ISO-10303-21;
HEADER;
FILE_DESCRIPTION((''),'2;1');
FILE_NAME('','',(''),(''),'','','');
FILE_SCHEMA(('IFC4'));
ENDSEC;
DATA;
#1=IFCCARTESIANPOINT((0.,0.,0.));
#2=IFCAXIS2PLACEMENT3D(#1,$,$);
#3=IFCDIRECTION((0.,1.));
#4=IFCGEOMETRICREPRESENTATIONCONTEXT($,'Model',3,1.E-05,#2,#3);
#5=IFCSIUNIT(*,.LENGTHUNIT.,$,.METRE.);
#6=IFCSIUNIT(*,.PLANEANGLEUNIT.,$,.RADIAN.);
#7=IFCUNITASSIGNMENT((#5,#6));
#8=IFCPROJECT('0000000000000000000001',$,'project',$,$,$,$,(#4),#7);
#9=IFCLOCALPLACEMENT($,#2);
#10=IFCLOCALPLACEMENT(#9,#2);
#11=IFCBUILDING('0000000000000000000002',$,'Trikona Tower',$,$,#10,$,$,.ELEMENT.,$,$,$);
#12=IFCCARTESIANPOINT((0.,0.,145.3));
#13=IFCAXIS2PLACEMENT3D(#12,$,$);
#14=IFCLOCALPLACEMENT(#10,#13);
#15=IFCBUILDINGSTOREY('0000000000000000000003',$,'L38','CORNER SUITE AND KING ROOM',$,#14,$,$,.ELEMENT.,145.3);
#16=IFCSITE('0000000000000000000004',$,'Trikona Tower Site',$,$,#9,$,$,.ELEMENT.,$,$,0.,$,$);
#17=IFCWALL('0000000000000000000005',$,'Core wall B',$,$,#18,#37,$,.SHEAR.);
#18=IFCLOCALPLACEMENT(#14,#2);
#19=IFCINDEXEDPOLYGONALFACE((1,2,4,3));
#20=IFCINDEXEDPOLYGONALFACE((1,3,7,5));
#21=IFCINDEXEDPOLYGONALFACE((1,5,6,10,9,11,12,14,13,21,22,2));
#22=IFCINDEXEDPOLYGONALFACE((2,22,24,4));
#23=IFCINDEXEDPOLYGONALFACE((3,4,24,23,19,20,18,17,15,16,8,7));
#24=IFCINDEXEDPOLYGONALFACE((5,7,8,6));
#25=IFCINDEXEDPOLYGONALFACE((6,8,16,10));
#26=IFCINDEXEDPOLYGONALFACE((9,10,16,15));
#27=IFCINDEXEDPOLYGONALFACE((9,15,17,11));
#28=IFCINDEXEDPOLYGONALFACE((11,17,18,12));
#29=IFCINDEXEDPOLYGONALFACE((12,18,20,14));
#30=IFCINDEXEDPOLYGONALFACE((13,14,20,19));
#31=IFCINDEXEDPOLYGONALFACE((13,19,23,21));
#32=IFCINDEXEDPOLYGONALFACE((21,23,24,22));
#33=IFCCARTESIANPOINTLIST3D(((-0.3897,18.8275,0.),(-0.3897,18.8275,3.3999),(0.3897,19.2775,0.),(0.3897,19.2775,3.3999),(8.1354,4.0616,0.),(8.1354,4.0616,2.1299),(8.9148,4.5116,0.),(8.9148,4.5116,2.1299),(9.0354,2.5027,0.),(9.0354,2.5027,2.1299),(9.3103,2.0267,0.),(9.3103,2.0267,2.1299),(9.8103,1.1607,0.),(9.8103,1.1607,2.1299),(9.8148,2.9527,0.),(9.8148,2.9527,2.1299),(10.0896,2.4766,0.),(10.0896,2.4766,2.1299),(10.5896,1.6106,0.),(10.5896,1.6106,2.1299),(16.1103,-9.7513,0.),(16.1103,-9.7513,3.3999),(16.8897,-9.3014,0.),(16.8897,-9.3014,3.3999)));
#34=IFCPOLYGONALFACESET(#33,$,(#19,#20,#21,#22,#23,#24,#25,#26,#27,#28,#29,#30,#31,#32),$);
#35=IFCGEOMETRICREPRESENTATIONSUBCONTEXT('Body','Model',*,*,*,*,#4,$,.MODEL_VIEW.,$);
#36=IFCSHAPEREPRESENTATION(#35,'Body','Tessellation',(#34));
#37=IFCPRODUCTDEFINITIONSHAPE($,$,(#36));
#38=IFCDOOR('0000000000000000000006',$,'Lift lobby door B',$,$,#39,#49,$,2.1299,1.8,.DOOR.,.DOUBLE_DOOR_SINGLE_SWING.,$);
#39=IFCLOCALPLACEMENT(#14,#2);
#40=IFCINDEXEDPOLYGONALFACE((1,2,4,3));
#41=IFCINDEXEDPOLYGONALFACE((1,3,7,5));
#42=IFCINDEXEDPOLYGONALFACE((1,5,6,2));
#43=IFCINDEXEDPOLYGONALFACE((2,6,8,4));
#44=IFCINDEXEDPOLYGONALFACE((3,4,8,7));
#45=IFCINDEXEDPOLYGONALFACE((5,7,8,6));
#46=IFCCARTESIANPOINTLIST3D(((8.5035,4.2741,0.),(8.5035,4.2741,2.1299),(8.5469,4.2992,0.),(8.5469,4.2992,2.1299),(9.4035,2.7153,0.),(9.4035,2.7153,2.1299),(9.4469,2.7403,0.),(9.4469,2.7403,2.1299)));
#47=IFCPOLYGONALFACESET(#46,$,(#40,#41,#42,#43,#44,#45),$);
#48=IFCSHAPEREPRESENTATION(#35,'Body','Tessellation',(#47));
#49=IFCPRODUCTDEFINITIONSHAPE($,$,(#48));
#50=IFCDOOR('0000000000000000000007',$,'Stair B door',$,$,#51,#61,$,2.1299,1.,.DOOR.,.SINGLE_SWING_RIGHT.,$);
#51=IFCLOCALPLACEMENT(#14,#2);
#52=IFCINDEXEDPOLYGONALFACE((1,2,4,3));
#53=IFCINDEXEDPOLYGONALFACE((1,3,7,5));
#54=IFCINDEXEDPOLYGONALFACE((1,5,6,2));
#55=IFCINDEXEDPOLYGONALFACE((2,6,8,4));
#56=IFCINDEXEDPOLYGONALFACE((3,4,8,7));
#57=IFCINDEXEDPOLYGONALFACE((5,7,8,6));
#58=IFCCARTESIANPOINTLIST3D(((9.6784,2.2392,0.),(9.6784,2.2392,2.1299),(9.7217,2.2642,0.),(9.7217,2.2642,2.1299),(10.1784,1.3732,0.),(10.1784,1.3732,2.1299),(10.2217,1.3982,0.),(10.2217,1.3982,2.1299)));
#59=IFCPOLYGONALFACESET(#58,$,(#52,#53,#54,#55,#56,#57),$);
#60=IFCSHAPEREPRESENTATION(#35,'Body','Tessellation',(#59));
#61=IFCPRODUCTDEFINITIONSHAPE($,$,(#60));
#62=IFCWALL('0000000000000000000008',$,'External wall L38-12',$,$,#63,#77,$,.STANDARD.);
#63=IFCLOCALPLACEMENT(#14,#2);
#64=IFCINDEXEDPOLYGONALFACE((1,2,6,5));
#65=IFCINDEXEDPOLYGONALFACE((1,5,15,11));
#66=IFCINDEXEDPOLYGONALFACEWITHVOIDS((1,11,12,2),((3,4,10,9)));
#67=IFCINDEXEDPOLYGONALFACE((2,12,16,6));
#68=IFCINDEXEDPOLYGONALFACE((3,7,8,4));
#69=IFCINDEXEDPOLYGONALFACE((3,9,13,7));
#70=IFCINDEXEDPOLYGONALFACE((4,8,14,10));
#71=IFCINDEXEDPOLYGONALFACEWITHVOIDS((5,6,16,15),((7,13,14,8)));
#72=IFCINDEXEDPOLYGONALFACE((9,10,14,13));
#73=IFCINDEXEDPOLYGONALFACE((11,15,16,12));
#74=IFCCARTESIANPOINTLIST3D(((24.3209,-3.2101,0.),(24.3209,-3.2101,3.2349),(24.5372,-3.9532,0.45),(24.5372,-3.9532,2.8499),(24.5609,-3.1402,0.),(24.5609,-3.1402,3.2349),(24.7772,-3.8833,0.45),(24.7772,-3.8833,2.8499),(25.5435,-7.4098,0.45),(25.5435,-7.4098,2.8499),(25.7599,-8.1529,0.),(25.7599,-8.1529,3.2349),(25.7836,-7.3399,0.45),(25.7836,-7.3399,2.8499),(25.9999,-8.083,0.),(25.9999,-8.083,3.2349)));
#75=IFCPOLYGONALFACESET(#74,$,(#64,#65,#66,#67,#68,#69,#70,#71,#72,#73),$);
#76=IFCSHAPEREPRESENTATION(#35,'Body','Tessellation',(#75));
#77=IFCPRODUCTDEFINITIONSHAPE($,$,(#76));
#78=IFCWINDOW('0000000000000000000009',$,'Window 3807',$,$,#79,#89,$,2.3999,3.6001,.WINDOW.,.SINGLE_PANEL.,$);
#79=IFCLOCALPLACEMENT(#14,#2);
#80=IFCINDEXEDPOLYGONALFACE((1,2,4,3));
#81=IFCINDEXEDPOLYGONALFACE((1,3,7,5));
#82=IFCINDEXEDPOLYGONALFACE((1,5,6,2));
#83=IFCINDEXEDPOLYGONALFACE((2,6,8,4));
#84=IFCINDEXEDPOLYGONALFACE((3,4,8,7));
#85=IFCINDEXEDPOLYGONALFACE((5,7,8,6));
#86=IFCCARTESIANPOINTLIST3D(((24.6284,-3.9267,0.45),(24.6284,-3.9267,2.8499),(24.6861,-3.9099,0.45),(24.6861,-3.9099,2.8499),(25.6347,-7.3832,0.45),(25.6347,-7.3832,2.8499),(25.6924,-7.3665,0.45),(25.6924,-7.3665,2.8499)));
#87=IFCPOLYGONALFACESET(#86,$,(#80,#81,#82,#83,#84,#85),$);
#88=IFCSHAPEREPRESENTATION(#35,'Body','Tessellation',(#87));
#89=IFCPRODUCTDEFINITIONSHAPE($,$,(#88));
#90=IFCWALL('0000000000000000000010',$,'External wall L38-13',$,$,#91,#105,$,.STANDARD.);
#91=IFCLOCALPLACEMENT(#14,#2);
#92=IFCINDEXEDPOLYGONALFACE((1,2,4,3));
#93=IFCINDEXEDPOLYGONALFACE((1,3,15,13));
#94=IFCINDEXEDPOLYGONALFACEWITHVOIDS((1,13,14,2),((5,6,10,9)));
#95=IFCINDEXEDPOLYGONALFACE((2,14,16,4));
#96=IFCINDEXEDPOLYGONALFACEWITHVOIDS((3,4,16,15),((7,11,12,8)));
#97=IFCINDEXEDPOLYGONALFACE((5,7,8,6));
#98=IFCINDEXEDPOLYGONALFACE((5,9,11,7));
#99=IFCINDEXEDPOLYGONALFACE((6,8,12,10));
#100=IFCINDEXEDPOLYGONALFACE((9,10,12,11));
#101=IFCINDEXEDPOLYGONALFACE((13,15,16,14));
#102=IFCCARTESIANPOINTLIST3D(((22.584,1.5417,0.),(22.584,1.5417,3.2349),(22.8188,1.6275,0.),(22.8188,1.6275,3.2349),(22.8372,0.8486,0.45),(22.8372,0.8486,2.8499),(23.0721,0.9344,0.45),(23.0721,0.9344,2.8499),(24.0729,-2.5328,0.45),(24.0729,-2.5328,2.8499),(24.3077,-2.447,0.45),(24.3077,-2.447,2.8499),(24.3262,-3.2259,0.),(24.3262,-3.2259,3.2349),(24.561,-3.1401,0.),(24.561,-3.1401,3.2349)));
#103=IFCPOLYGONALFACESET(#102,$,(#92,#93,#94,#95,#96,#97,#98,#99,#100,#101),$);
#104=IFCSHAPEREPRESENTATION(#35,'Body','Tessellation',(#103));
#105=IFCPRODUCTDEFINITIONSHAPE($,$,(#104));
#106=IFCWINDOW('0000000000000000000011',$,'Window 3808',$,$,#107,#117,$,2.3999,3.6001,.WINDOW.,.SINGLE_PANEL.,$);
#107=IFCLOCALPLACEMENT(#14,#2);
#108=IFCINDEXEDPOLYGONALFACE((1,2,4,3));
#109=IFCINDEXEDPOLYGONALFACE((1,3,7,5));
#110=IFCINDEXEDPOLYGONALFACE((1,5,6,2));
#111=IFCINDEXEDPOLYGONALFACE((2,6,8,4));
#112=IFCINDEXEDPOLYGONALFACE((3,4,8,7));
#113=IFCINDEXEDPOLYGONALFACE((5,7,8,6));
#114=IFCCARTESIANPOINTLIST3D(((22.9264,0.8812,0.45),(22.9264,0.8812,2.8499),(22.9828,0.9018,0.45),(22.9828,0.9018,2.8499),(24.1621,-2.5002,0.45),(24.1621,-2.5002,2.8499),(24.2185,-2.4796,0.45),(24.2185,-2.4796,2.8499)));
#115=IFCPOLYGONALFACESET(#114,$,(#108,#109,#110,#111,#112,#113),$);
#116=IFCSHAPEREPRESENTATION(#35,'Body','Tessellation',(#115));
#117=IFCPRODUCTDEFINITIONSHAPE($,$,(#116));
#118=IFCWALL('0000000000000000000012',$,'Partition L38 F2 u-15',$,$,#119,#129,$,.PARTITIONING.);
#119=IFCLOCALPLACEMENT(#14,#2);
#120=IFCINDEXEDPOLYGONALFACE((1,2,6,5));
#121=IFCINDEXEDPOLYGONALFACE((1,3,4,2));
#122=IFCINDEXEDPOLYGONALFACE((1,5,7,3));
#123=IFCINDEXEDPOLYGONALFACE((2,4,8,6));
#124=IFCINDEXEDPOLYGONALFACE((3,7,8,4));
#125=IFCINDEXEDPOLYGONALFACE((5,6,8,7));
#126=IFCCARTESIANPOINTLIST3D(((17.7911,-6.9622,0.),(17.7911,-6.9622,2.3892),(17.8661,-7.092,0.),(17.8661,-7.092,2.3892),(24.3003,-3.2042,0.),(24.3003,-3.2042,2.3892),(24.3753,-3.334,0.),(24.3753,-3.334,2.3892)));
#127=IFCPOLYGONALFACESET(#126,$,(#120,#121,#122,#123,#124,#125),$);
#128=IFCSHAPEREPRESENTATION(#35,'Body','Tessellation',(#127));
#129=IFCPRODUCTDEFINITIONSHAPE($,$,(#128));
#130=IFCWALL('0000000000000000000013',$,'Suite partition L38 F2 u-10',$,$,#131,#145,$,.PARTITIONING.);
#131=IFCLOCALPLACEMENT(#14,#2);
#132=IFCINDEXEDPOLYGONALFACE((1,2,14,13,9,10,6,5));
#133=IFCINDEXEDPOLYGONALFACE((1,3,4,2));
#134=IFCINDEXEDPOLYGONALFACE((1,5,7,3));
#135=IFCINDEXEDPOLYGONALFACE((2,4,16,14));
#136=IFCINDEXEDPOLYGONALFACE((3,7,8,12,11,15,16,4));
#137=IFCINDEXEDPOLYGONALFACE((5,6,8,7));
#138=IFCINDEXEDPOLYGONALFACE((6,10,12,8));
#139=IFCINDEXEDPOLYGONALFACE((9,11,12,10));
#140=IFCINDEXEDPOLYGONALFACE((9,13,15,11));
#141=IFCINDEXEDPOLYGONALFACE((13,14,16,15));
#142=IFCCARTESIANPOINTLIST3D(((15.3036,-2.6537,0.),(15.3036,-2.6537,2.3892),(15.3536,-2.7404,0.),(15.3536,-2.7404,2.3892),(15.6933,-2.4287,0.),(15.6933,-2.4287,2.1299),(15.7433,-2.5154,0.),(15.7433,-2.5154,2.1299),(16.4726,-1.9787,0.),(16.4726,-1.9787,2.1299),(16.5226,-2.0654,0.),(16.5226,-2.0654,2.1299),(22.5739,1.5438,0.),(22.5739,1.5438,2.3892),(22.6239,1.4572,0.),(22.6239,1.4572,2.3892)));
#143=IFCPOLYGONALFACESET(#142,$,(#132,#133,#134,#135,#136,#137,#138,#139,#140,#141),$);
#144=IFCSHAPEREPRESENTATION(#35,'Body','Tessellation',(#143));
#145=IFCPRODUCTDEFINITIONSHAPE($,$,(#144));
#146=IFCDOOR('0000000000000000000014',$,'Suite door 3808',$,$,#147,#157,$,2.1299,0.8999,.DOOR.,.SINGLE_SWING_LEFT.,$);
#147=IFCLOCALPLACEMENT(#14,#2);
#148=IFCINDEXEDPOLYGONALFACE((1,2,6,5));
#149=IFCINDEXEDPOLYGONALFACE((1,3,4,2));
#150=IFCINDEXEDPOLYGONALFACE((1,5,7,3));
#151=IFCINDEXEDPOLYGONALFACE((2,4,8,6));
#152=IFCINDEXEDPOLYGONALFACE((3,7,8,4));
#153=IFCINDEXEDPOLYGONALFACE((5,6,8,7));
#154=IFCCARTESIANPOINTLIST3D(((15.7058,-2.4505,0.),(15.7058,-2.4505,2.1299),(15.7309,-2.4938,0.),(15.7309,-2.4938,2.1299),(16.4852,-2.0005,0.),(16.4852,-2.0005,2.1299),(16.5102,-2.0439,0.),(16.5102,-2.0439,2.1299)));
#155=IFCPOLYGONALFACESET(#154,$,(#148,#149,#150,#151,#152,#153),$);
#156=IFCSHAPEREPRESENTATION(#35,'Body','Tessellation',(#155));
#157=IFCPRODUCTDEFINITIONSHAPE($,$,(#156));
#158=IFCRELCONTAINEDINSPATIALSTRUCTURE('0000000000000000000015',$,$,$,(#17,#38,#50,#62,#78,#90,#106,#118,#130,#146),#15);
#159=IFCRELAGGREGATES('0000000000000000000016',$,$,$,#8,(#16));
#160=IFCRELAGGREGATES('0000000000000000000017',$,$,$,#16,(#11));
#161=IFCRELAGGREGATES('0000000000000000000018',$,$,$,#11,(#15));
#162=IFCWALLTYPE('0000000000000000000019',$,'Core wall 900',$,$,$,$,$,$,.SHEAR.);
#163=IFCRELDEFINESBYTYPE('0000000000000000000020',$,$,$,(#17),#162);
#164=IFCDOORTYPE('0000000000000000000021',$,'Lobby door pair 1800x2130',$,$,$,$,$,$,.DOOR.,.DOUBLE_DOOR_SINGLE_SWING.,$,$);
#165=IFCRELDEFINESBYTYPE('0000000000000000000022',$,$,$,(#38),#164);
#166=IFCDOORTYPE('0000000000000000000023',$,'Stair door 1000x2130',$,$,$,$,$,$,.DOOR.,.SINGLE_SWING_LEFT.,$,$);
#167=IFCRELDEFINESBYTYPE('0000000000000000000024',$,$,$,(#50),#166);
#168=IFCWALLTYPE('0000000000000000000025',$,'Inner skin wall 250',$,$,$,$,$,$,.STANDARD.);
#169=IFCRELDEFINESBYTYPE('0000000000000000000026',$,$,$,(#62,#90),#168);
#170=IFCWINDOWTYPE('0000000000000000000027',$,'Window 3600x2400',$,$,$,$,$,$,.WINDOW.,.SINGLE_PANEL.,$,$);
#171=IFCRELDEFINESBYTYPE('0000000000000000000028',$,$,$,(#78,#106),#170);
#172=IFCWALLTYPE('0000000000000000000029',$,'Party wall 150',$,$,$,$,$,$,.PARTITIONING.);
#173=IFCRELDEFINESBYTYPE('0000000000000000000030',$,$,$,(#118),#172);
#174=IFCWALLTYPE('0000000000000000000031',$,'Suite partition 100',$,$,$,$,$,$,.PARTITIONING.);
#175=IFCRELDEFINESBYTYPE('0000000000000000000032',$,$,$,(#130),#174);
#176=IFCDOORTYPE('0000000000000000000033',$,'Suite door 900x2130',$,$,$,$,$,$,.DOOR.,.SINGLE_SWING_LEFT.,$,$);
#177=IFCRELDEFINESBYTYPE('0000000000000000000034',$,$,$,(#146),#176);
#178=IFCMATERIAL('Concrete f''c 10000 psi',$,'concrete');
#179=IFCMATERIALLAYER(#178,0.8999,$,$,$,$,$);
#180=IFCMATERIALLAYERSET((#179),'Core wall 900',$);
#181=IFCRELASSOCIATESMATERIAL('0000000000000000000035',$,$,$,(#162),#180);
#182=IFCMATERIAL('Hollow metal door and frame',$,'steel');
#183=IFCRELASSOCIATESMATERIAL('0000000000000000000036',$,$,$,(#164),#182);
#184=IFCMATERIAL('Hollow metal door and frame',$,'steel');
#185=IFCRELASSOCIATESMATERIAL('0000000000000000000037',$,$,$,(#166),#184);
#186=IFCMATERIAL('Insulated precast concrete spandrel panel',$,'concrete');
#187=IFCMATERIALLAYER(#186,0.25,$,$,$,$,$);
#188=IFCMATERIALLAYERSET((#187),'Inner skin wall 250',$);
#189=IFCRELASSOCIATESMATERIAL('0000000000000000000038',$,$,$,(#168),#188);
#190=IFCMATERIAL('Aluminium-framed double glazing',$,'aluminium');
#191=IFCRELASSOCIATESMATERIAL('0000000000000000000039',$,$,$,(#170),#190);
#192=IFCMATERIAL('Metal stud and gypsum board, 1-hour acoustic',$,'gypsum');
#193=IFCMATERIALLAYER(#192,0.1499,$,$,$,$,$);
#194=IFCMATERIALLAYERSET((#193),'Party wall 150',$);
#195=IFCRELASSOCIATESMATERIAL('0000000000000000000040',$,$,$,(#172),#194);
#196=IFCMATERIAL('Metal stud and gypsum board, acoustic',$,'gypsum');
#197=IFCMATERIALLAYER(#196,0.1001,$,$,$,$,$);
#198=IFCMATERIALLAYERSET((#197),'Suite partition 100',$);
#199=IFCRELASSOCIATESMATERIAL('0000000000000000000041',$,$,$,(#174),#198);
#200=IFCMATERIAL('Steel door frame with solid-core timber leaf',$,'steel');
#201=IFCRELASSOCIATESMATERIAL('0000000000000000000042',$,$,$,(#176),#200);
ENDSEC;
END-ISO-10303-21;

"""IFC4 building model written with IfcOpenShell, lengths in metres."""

from ifc_helpers import new_model, si_unit, direction, frame, frame_2d, origin, place, context, subcontext, project, spatial, rectangle, extrude, material, layer, layer_set, type_object, element, fill, save


model = new_model("IFC4")

# Units and contexts
model_context = context("Model", 3, precision=1e-05, world=origin(), true_north=direction((0.0, 1.0)))
body_context = subcontext(model_context, "Body", "Model", "MODEL_VIEW")
ifc_project = project(units=[si_unit("LENGTHUNIT", "METRE"), si_unit("PLANEANGLEUNIT", "RADIAN")], contexts=[model_context])

# Site, building, storey
site_placement = place(None, origin())
site = spatial("IfcSite", under=ifc_project, at=site_placement, Name="Trikona Tower Site", CompositionType="ELEMENT", RefElevation=0.0)
building_placement = place(site_placement, origin())
building = spatial("IfcBuilding", under=site, at=building_placement, Name="Trikona Tower", CompositionType="ELEMENT")
storey_placement = place(building_placement, frame((0.0, 0.0, 145.3)))
storey = spatial("IfcBuildingStorey", under=building, at=storey_placement, Name="L38", Description="CORNER SUITE AND KING ROOM", CompositionType="ELEMENT", Elevation=145.3)

# Wall, openings, doors
ifc_material_1 = material(Name="Concrete f'c 10000 psi", Category="concrete")
ifc_layer_1 = layer(ifc_material_1, 0.8999)
ifc_layer_set_1 = layer_set([ifc_layer_1], Name="Core wall 900")
wall_type_1 = type_object("IfcWallType", Name="Core wall 900", PredefinedType="SHEAR", material=ifc_layer_set_1)
wall_1_placement = place(storey_placement, frame((16.5, -9.5264, 0.0), z_axis=(0.0, 0.0, 1.0), x_axis=(-0.5, 0.866026, 0.0)))
wall_1 = element("IfcWall", 1, at=wall_1_placement, inside=storey, type_object=wall_type_1, Name="Core wall B", PredefinedType="SHEAR", context=body_context, shape_type="SweptSolid", body=[
    extrude(rectangle(XDim=33.0, YDim=0.8999, at=frame_2d((16.5, 0.0))), origin(), (0.0, 0.0, 1.0), 3.3999),
])
opening_1_placement = place(wall_1_placement, frame((14.1499, 0.0, 0.0)))
opening_1 = element("IfcOpeningElement", 2, at=opening_1_placement, cuts=wall_1, PredefinedType="OPENING", context=body_context, shape_type="SweptSolid", body=[
    extrude(rectangle(XDim=1.8, YDim=2.1299, at=frame_2d((0.8999, 1.0649))), frame((0.0, 0.46, 0.0), z_axis=(0.0, -1.0, 0.0), x_axis=(1.0, 0.0, 0.0)), (0.0, 0.0, 1.0), 0.9199),
])
opening_2_placement = place(wall_1_placement, frame((12.6001, 0.0, 0.0)))
opening_2 = element("IfcOpeningElement", 3, at=opening_2_placement, cuts=wall_1, PredefinedType="OPENING", context=body_context, shape_type="SweptSolid", body=[
    extrude(rectangle(XDim=1.0, YDim=2.1299, at=frame_2d((0.5, 1.0649))), frame((0.0, 0.46, 0.0), z_axis=(0.0, -1.0, 0.0), x_axis=(1.0, 0.0, 0.0)), (0.0, 0.0, 1.0), 0.9199),
])
ifc_material_2 = material(Name="Hollow metal door and frame", Category="steel")
door_type_1 = type_object("IfcDoorType", Name="Lobby door pair 1800x2130", OperationType="DOUBLE_DOOR_SINGLE_SWING", PredefinedType="DOOR", material=ifc_material_2)
door_1_placement = place(opening_1_placement, origin())
door_1 = element("IfcDoor", 4, at=door_1_placement, inside=storey, type_object=door_type_1, Name="Lift lobby door B", OperationType="DOUBLE_DOOR_SINGLE_SWING", OverallHeight=2.1299, OverallWidth=1.8, PredefinedType="DOOR", context=body_context, shape_type="SweptSolid", body=[
    extrude(rectangle(XDim=1.8, YDim=2.1299, at=frame_2d((0.8999, 1.0649))), frame((0.0, 0.0249, 0.0), z_axis=(0.0, -1.0, 0.0), x_axis=(1.0, 0.0, 0.0)), (0.0, 0.0, 1.0), 0.05),
])
fill(opening_1, door_1)
ifc_material_3 = material(Name="Hollow metal door and frame", Category="steel")
door_type_2 = type_object("IfcDoorType", Name="Stair door 1000x2130", OperationType="SINGLE_SWING_LEFT", PredefinedType="DOOR", material=ifc_material_3)
door_2_placement = place(opening_2_placement, origin())
door_2 = element("IfcDoor", 5, at=door_2_placement, inside=storey, type_object=door_type_2, Name="Stair B door", OperationType="SINGLE_SWING_RIGHT", OverallHeight=2.1299, OverallWidth=1.0, PredefinedType="DOOR", context=body_context, shape_type="SweptSolid", body=[
    extrude(rectangle(XDim=1.0, YDim=2.1299, at=frame_2d((0.5, 1.0649))), frame((0.0, 0.0249, 0.0), z_axis=(0.0, -1.0, 0.0), x_axis=(1.0, 0.0, 0.0)), (0.0, 0.0, 1.0), 0.05),
])
fill(opening_2, door_2)

# Walls, openings, windows
ifc_material_4 = material(Name="Insulated precast concrete spandrel panel", Category="concrete")
ifc_layer_2 = layer(ifc_material_4, 0.25)
ifc_layer_set_2 = layer_set([ifc_layer_2], Name="Inner skin wall 250")
wall_type_2 = type_object("IfcWallType", Name="Inner skin wall 250", PredefinedType="STANDARD", material=ifc_layer_set_2)
wall_2_placement = place(storey_placement, frame((25.8799, -8.1179, 0.0), z_axis=(0.0, 0.0, 1.0), x_axis=(-0.279528, 0.960137, 0.0)))
wall_2 = element("IfcWall", 6, at=wall_2_placement, inside=storey, type_object=wall_type_2, Name="External wall L38-12", PredefinedType="STANDARD", context=body_context, shape_type="SweptSolid", body=[
    extrude(rectangle(XDim=5.1479, YDim=0.25, at=frame_2d((2.574, 0.0))), origin(), (0.0, 0.0, 1.0), 3.2349),
])
opening_3_placement = place(wall_2_placement, frame((0.7739, 0.0, 0.45)))
opening_3 = element("IfcOpeningElement", 7, at=opening_3_placement, cuts=wall_2, PredefinedType="OPENING", context=body_context, shape_type="SweptSolid", body=[
    extrude(rectangle(XDim=3.6001, YDim=2.3999, at=frame_2d((1.8, 1.2))), frame((0.0, 0.135, 0.0), z_axis=(0.0, -1.0, 0.0), x_axis=(1.0, 0.0, 0.0)), (0.0, 0.0, 1.0), 0.27),
])
ifc_material_5 = material(Name="Aluminium-framed double glazing", Category="aluminium")
window_type = type_object("IfcWindowType", Name="Window 3600x2400", PartitioningType="SINGLE_PANEL", PredefinedType="WINDOW", material=ifc_material_5)
window_1_placement = place(opening_3_placement, origin())
window_1 = element("IfcWindow", 8, at=window_1_placement, inside=storey, type_object=window_type, Name="Window 3807", OverallHeight=2.3999, OverallWidth=3.6001, PartitioningType="SINGLE_PANEL", PredefinedType="WINDOW", context=body_context, shape_type="SweptSolid", body=[
    extrude(rectangle(XDim=3.6001, YDim=2.3999, at=frame_2d((1.8, 1.2))), frame((0.0, 0.03, 0.0), z_axis=(0.0, -1.0, 0.0), x_axis=(1.0, 0.0, 0.0)), (0.0, 0.0, 1.0), 0.0601),
])
fill(opening_3, window_1)
wall_3_placement = place(storey_placement, frame((24.4436, -3.1831, 0.0), z_axis=(0.0, 0.0, 1.0), x_axis=(-0.343226, 0.939253, 0.0)))
wall_3 = element("IfcWall", 9, at=wall_3_placement, inside=storey, type_object=wall_type_2, Name="External wall L38-13", PredefinedType="STANDARD", context=body_context, shape_type="SweptSolid", body=[
    extrude(rectangle(XDim=5.0759, YDim=0.25, at=frame_2d((2.5381, 0.0))), origin(), (0.0, 0.0, 1.0), 3.2349),
])
opening_4_placement = place(wall_3_placement, frame((0.738, 0.0, 0.45)))
opening_4 = element("IfcOpeningElement", 10, at=opening_4_placement, cuts=wall_3, PredefinedType="OPENING", context=body_context, shape_type="SweptSolid", body=[
    extrude(rectangle(XDim=3.6001, YDim=2.3999, at=frame_2d((1.8, 1.2))), frame((0.0, 0.135, 0.0), z_axis=(0.0, -1.0, 0.0), x_axis=(1.0, 0.0, 0.0)), (0.0, 0.0, 1.0), 0.27),
])
window_2_placement = place(opening_4_placement, origin())
window_2 = element("IfcWindow", 11, at=window_2_placement, inside=storey, type_object=window_type, Name="Window 3808", OverallHeight=2.3999, OverallWidth=3.6001, PartitioningType="SINGLE_PANEL", PredefinedType="WINDOW", context=body_context, shape_type="SweptSolid", body=[
    extrude(rectangle(XDim=3.6001, YDim=2.3999, at=frame_2d((1.8, 1.2))), frame((0.0, 0.03, 0.0), z_axis=(0.0, -1.0, 0.0), x_axis=(1.0, 0.0, 0.0)), (0.0, 0.0, 1.0), 0.0601),
])
fill(opening_4, window_2)

# Wall
ifc_material_6 = material(Name="Metal stud and gypsum board, 1-hour acoustic", Category="gypsum")
ifc_layer_3 = layer(ifc_material_6, 0.1499)
ifc_layer_set_3 = layer_set([ifc_layer_3], Name="Party wall 150")
wall_type_3 = type_object("IfcWallType", Name="Party wall 150", PredefinedType="PARTITIONING", material=ifc_layer_set_3)
wall_4_placement = place(storey_placement, frame((17.8286, -7.0271, 0.0), z_axis=(0.0, 0.0, 1.0), x_axis=(0.86603, 0.499992, 0.0)))
element("IfcWall", 12, at=wall_4_placement, inside=storey, type_object=wall_type_3, Name="Partition L38 F2 u-15", PredefinedType="PARTITIONING", context=body_context, shape_type="SweptSolid", body=[
    extrude(rectangle(XDim=7.5161, YDim=0.1499, at=frame_2d((3.7581, 0.0))), origin(), (0.0, 0.0, 1.0), 2.3892),
])

# Wall, opening, door
ifc_material_7 = material(Name="Metal stud and gypsum board, acoustic", Category="gypsum")
ifc_layer_4 = layer(ifc_material_7, 0.1001)
ifc_layer_set_4 = layer_set([ifc_layer_4], Name="Suite partition 100")
wall_type_4 = type_object("IfcWallType", Name="Suite partition 100", PredefinedType="PARTITIONING", material=ifc_layer_set_4)
wall_5_placement = place(storey_placement, frame((15.3286, -2.697, 0.0), z_axis=(0.0, 0.0, 1.0), x_axis=(0.866024, 0.500002, 0.0)))
wall_5 = element("IfcWall", 13, at=wall_5_placement, inside=storey, type_object=wall_type_4, Name="Suite partition L38 F2 u-10", PredefinedType="PARTITIONING", context=body_context, shape_type="SweptSolid", body=[
    extrude(rectangle(XDim=8.395, YDim=0.1001, at=frame_2d((4.1975, 0.0))), origin(), (0.0, 0.0, 1.0), 2.3892),
])
opening_5_placement = place(wall_5_placement, frame((0.45, 0.0, 0.0)))
opening_5 = element("IfcOpeningElement", 14, at=opening_5_placement, cuts=wall_5, PredefinedType="OPENING", context=body_context, shape_type="SweptSolid", body=[
    extrude(rectangle(XDim=0.8999, YDim=2.1299, at=frame_2d((0.45, 1.0649))), frame((0.0, 0.0601, 0.0), z_axis=(0.0, -1.0, 0.0), x_axis=(1.0, 0.0, 0.0)), (0.0, 0.0, 1.0), 0.1201),
])
ifc_material_8 = material(Name="Steel door frame with solid-core timber leaf", Category="steel")
door_type_3 = type_object("IfcDoorType", Name="Suite door 900x2130", OperationType="SINGLE_SWING_LEFT", PredefinedType="DOOR", material=ifc_material_8)
door_3_placement = place(opening_5_placement, origin())
door_3 = element("IfcDoor", 15, at=door_3_placement, inside=storey, type_object=door_type_3, Name="Suite door 3808", OperationType="SINGLE_SWING_LEFT", OverallHeight=2.1299, OverallWidth=0.8999, PredefinedType="DOOR", context=body_context, shape_type="SweptSolid", body=[
    extrude(rectangle(XDim=0.8999, YDim=2.1299, at=frame_2d((0.45, 1.0649))), frame((0.0, 0.0249, 0.0), z_axis=(0.0, -1.0, 0.0), x_axis=(1.0, 0.0, 0.0)), (0.0, 0.0, 1.0), 0.05),
])
fill(opening_5, door_3)

save(model, "model.ifc")
